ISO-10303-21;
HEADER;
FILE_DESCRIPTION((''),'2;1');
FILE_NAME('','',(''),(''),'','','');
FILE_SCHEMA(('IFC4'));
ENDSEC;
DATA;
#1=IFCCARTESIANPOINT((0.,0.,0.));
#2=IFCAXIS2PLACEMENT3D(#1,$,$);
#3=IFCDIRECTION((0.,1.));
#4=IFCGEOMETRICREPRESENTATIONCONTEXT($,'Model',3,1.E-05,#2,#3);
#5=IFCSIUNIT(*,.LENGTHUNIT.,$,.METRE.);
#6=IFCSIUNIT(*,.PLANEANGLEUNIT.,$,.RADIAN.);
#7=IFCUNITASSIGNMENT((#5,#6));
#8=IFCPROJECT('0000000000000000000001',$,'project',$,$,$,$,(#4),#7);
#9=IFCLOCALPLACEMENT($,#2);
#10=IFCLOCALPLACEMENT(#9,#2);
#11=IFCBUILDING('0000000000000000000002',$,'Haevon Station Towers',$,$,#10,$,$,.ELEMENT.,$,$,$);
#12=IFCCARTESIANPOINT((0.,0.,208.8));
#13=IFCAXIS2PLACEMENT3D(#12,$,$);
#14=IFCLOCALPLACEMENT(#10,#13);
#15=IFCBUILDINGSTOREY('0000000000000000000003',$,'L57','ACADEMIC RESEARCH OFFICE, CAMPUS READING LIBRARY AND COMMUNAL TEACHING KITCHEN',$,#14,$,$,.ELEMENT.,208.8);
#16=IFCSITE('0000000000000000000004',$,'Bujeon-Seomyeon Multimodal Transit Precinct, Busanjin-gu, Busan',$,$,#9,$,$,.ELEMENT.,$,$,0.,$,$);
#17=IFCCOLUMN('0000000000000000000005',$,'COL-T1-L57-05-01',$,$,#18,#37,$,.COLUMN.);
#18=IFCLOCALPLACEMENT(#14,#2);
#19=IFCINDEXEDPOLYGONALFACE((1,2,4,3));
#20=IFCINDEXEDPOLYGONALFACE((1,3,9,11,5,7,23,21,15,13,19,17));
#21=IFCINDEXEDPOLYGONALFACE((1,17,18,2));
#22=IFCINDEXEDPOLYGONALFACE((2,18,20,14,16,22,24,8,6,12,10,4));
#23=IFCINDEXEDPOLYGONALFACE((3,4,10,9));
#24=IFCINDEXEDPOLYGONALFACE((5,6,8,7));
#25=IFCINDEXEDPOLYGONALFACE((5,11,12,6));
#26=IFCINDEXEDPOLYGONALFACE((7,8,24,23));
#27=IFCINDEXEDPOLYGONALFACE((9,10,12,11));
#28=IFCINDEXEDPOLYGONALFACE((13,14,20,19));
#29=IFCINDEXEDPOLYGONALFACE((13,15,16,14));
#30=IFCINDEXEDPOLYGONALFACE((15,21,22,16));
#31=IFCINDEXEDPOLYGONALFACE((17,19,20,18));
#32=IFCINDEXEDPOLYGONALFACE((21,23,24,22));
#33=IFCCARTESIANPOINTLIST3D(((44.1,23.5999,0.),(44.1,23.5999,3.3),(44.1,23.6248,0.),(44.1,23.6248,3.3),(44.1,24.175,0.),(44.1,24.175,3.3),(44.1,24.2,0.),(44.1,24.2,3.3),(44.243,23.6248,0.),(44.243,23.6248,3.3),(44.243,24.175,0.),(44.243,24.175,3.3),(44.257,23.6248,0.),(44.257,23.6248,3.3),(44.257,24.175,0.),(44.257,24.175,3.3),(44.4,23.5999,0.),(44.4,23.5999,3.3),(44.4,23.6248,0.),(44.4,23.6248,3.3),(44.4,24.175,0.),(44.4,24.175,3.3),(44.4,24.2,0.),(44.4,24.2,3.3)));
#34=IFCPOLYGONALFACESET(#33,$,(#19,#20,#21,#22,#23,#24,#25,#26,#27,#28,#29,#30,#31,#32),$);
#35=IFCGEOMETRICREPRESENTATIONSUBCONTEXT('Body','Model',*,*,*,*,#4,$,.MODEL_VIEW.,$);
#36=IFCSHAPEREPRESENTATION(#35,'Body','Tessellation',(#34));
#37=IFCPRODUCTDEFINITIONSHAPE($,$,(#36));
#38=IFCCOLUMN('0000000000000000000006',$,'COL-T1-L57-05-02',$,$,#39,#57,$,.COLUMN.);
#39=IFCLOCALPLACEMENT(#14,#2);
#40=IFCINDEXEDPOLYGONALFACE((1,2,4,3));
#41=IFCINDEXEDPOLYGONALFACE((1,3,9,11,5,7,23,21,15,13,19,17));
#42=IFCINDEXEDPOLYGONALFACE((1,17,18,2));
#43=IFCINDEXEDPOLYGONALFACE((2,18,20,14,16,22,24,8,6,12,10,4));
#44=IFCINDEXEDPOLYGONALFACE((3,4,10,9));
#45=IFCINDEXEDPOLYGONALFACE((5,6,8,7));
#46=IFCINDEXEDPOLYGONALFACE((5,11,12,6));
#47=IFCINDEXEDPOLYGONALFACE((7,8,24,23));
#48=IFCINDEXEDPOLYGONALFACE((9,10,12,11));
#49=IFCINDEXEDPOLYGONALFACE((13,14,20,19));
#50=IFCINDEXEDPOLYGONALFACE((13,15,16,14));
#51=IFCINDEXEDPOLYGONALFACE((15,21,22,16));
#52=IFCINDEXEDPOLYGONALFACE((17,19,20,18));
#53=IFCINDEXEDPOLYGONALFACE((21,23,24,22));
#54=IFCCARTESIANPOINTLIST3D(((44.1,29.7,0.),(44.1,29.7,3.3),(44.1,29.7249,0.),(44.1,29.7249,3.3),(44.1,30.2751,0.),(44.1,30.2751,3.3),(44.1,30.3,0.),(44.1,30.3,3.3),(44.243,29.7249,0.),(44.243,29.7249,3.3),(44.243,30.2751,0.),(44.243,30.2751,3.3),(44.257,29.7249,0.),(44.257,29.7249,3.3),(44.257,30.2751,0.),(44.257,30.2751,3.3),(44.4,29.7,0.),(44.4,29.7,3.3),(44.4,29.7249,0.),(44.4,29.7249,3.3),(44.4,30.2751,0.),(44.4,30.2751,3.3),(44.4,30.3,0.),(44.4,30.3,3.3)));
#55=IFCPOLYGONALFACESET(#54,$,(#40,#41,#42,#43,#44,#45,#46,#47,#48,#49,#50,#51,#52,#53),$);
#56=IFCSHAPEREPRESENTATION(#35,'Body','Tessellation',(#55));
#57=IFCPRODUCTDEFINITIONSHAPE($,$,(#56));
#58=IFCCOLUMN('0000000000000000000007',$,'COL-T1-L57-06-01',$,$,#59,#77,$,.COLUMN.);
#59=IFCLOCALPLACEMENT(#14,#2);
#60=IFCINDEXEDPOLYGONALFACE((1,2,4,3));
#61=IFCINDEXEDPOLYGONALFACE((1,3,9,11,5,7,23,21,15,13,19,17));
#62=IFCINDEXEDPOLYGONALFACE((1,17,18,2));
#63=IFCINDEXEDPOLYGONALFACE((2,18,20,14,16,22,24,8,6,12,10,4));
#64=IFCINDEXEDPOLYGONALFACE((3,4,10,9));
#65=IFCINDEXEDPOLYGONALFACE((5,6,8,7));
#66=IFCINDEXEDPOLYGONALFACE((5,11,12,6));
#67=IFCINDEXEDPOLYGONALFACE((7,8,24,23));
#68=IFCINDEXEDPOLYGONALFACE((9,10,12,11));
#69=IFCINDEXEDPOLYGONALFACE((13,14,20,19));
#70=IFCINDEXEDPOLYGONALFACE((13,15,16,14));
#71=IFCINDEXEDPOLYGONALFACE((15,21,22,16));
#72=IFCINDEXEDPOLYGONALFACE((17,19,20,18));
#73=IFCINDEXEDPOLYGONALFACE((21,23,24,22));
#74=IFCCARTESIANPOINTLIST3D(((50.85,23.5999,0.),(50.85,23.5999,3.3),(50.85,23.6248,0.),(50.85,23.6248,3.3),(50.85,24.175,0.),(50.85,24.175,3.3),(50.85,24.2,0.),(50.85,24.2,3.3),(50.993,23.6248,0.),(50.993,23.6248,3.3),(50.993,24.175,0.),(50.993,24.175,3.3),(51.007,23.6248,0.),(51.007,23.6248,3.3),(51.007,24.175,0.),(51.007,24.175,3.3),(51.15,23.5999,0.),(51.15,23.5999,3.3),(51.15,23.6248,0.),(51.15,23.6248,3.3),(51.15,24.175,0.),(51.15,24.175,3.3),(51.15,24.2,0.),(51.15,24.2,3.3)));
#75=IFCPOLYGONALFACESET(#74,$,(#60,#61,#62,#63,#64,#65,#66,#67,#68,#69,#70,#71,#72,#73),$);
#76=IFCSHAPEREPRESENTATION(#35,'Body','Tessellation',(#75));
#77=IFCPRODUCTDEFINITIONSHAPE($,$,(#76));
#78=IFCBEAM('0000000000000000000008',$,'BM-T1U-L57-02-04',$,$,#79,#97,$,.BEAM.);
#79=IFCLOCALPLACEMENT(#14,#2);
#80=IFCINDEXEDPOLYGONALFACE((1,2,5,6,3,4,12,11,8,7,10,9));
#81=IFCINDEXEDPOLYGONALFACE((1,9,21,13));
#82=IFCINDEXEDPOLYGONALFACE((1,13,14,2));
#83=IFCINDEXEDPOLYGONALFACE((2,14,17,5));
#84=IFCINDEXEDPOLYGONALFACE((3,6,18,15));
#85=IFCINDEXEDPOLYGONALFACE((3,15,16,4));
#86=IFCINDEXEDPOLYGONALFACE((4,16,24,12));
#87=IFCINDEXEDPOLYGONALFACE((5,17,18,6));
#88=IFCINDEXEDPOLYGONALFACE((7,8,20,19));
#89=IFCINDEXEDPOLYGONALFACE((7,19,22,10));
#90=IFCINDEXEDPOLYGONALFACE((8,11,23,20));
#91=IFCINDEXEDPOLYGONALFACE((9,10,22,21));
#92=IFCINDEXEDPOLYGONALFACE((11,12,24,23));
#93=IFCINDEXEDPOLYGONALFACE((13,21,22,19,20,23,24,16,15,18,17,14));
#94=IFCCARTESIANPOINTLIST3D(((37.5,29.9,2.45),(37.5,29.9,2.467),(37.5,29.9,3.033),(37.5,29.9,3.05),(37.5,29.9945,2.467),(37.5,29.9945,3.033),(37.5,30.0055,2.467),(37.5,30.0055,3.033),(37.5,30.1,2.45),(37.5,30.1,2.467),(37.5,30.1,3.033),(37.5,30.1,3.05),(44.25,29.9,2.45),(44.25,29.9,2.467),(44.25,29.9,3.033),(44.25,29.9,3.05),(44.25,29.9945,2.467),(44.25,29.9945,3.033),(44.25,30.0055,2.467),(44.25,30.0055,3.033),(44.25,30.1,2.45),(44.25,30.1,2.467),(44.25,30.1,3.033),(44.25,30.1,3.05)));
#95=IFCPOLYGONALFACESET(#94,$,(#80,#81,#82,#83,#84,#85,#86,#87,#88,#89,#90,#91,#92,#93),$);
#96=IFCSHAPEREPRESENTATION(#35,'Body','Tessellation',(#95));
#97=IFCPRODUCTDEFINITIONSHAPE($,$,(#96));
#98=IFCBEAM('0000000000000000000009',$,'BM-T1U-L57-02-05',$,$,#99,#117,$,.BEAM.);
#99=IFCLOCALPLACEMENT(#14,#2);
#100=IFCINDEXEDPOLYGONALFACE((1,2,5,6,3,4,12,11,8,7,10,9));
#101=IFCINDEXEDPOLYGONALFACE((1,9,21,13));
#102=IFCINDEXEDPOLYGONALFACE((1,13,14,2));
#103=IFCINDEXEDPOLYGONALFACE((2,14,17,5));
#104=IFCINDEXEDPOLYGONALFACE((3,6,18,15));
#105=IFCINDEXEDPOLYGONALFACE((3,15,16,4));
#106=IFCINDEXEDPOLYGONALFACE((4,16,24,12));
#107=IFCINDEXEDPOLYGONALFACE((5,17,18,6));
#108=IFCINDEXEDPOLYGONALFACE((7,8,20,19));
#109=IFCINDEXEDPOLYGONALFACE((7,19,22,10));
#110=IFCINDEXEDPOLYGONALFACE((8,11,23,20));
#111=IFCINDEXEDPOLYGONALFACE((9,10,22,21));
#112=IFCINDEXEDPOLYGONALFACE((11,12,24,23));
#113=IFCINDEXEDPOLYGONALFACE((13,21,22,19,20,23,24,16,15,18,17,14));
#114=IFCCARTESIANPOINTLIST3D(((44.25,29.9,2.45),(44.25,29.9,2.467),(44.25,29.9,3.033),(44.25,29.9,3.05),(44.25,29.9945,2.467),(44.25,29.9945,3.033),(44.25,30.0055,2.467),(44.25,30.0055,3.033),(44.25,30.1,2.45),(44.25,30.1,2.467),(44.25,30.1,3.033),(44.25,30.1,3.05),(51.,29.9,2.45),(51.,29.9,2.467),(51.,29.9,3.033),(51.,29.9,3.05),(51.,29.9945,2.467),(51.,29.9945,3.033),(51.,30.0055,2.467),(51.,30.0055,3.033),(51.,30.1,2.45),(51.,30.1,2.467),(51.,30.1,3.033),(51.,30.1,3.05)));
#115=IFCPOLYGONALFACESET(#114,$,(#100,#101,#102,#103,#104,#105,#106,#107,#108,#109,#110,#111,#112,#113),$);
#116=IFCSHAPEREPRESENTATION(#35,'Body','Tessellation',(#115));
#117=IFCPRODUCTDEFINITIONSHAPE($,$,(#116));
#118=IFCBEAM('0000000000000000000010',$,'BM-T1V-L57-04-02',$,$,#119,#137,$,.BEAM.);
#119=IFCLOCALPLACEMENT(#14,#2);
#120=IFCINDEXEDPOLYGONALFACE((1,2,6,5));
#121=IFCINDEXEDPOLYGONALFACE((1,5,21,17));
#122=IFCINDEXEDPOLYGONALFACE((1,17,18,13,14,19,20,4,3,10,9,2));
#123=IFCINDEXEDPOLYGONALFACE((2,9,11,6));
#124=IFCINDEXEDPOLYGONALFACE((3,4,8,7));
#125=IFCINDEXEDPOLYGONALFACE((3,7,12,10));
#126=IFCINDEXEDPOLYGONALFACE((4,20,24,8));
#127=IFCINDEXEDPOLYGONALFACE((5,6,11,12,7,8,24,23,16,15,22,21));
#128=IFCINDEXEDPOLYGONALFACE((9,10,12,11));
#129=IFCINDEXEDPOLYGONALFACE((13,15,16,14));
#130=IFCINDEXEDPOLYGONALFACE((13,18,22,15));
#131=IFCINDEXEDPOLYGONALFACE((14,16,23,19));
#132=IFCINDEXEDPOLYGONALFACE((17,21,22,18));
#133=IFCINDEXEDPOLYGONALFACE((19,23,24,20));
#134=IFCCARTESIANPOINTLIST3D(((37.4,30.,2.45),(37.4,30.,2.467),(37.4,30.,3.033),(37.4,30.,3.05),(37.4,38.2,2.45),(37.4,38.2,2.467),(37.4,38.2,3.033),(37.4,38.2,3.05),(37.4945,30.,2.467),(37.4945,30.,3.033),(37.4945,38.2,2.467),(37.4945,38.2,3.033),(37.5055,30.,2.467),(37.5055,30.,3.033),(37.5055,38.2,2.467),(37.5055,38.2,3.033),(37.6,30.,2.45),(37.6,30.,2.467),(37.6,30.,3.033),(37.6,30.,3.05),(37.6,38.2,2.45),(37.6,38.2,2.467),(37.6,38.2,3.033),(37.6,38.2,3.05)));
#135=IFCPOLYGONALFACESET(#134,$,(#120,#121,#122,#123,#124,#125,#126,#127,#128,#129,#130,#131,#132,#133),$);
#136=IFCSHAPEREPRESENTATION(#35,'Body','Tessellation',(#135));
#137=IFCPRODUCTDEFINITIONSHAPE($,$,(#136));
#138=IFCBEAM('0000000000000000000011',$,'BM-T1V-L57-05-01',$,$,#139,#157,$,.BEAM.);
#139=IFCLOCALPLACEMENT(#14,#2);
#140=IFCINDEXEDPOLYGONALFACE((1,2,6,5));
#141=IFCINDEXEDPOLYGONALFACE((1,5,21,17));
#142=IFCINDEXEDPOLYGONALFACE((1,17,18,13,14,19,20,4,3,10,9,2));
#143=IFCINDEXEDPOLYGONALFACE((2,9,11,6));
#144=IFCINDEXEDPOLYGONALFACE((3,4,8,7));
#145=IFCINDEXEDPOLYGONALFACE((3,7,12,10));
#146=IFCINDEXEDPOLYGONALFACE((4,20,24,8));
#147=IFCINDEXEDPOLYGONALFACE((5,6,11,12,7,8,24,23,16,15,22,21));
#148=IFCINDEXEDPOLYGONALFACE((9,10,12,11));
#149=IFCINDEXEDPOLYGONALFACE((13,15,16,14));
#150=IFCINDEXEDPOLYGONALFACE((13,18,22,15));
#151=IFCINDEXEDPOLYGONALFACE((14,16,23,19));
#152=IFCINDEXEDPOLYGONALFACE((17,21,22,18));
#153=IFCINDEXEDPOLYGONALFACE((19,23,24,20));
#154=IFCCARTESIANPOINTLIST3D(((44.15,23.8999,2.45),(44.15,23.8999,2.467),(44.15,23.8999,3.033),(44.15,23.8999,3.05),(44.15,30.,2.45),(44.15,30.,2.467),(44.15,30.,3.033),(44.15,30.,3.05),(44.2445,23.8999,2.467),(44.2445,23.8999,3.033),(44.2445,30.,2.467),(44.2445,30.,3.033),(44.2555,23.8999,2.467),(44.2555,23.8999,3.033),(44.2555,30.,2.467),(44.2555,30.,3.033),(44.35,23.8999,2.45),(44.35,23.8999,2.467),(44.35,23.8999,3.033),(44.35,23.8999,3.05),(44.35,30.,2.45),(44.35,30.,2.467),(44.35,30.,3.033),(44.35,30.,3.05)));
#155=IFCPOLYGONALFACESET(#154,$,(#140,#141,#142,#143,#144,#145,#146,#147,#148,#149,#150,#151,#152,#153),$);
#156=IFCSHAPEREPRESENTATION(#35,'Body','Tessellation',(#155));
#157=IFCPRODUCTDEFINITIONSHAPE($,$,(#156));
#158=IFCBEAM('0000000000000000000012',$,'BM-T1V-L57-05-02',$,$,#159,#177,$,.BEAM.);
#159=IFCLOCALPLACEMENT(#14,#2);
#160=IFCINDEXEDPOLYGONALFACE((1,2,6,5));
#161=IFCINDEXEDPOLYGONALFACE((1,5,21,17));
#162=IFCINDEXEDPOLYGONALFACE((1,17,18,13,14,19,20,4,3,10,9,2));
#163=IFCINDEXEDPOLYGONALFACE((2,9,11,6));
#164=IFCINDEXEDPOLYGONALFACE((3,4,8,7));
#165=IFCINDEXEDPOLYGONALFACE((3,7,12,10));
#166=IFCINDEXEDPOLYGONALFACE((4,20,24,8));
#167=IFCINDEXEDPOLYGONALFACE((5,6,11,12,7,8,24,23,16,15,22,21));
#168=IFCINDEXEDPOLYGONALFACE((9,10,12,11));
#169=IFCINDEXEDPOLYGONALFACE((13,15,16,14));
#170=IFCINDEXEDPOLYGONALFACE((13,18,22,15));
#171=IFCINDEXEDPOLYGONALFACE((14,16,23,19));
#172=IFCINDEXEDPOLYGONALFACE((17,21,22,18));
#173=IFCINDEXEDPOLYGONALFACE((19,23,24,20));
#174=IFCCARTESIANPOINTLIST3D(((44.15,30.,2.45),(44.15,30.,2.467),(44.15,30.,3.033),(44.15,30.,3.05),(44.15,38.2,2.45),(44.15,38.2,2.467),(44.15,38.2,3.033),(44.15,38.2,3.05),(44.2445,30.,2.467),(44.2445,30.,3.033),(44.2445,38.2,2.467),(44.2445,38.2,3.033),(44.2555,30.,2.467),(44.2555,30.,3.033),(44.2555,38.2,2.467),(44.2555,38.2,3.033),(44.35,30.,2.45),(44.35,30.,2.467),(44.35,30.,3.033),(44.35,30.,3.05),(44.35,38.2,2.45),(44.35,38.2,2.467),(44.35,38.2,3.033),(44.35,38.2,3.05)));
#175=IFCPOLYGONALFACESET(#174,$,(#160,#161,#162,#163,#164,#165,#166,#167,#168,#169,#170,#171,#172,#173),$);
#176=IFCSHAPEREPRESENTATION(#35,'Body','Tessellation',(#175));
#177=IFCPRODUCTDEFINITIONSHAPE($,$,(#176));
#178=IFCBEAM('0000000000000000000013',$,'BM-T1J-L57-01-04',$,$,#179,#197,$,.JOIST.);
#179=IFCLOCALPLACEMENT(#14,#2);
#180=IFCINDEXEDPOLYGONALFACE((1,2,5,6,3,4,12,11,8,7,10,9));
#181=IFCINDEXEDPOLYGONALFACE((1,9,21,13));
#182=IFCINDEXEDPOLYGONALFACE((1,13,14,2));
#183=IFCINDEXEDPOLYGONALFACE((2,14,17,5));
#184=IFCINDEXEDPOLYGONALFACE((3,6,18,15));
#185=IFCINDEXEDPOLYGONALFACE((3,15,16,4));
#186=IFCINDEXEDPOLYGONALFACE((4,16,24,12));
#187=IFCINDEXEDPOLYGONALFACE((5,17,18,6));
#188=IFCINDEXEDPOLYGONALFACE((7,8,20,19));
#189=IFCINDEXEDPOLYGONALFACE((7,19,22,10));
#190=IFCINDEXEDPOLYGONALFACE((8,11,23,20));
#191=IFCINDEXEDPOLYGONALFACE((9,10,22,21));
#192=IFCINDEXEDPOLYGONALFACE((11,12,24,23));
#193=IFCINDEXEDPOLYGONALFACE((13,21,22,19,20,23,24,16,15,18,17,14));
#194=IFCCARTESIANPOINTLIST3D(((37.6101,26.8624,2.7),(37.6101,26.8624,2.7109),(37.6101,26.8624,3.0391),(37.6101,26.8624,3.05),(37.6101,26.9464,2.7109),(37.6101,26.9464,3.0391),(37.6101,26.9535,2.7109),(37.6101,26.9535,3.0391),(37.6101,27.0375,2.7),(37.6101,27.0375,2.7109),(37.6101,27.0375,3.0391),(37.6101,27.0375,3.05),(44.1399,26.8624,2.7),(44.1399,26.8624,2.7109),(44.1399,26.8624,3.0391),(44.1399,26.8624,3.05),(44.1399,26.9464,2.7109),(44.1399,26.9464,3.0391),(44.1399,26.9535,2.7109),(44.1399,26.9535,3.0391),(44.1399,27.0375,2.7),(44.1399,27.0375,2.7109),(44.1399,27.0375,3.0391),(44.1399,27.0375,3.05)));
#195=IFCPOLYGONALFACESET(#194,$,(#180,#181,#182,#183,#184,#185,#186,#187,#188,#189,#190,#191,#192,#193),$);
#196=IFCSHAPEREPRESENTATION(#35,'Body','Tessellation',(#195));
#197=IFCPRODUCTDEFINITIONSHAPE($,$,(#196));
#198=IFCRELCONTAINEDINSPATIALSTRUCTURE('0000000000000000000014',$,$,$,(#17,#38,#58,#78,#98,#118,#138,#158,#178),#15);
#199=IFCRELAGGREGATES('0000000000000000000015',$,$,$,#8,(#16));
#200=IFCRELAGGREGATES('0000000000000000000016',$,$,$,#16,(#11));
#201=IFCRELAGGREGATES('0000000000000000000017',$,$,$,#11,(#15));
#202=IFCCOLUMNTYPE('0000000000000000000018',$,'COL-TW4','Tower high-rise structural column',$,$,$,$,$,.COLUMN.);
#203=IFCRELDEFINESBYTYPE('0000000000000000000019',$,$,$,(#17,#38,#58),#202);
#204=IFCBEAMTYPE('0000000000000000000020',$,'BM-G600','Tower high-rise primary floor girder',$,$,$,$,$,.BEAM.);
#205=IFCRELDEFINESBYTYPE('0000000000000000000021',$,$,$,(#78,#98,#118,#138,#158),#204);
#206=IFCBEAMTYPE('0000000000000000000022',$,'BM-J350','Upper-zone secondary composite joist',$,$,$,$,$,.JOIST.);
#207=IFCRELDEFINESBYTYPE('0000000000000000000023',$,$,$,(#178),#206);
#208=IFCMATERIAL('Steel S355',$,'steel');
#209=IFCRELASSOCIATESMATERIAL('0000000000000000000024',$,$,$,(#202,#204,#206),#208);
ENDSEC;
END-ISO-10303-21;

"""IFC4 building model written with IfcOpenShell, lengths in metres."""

from ifc_helpers import new_model, si_unit, direction, frame, origin, origin_2d, place, context, subcontext, project, spatial, i_section, extrude, material, material_profile, profile_set, type_object, element, save


model = new_model("IFC4")

# Units and contexts
model_context = context("Model", 3, precision=1e-05, world=origin(), true_north=direction((0.0, 1.0)))
body_context = subcontext(model_context, "Body", "Model", "MODEL_VIEW")
ifc_project = project(units=[si_unit("LENGTHUNIT", "METRE"), si_unit("PLANEANGLEUNIT", "RADIAN")], contexts=[model_context])

# Site, building, storey
site_placement = place(None, origin())
site = spatial("IfcSite", under=ifc_project, at=site_placement, Name="Bujeon-Seomyeon Multimodal Transit Precinct, Busanjin-gu, Busan", CompositionType="ELEMENT", RefElevation=0.0)
building_placement = place(site_placement, origin())
building = spatial("IfcBuilding", under=site, at=building_placement, Name="Haevon Station Towers", CompositionType="ELEMENT")
storey_placement = place(building_placement, frame((0.0, 0.0, 208.8)))
storey = spatial("IfcBuildingStorey", under=building, at=storey_placement, Name="L57", Description="ACADEMIC RESEARCH OFFICE, CAMPUS READING LIBRARY AND COMMUNAL TEACHING KITCHEN", CompositionType="ELEMENT", Elevation=208.8)

# Columns
ifc_material_1 = material(Name="Steel S355", Category="steel")
ifc_material_profile_1 = material_profile(ifc_material_1, i_section(OverallWidth=0.3, OverallDepth=0.6001, WebThickness=0.0139, FlangeThickness=0.0249, at=origin_2d()), Name="H-600x300x14x25")
ifc_profile_set_1 = profile_set([ifc_material_profile_1], Name="Steel S355")
column_type = type_object("IfcColumnType", Name="COL-TW4", Description="Tower high-rise structural column", PredefinedType="COLUMN", material=ifc_profile_set_1)
for number, where, z_axis, x_axis, name in (
    (1, (44.25, 23.8999, 0.0), (0.0, 0.0, 1.0), (1.0, 0.0, 0.0), "COL-T1-L57-05-01"),
    (2, (44.25, 30.0, 0.0), (0.0, 0.0, 1.0), (1.0, 0.0, 0.0), "COL-T1-L57-05-02"),
    (3, (51.0, 23.8999, 0.0), (0.0, 0.0, 1.0), (1.0, 0.0, 0.0), "COL-T1-L57-06-01"),
):
    element("IfcColumn", number, at=place(storey_placement, frame(where, z_axis=z_axis, x_axis=x_axis)), inside=storey, type_object=column_type, Name=name, PredefinedType="COLUMN", context=body_context, shape_type="SweptSolid", body=[
        extrude(i_section(OverallWidth=0.3, OverallDepth=0.6001, WebThickness=0.0139, FlangeThickness=0.0249, at=origin_2d()), origin(), (0.0, 0.0, 1.0), 3.3),
    ])

# Beams
ifc_material_profile_2 = material_profile(ifc_material_1, i_section(OverallWidth=0.2, OverallDepth=0.6001, WebThickness=0.011, FlangeThickness=0.0171, at=origin_2d()), Name="H-600x200x11x17")
ifc_profile_set_2 = profile_set([ifc_material_profile_2], Name="Steel S355")
beam_type_1 = type_object("IfcBeamType", Name="BM-G600", Description="Tower high-rise primary floor girder", PredefinedType="BEAM", material=ifc_profile_set_2)
for number, where, z_axis, x_axis, name in (
    (4, (37.5, 30.0, 2.75), (1.0, 0.0, 0.0), (0.0, 1.0, 0.0), "BM-T1U-L57-02-04"),
    (5, (44.25, 30.0, 2.75), (1.0, 0.0, 0.0), (0.0, 1.0, 0.0), "BM-T1U-L57-02-05"),
):
    element("IfcBeam", number, at=place(storey_placement, frame(where, z_axis=z_axis, x_axis=x_axis)), inside=storey, type_object=beam_type_1, Name=name, PredefinedType="BEAM", context=body_context, shape_type="SweptSolid", body=[
        extrude(i_section(OverallWidth=0.2, OverallDepth=0.6001, WebThickness=0.011, FlangeThickness=0.0171, at=origin_2d()), origin(), (0.0, 0.0, 1.0), 6.75),
    ])
beam_1_placement = place(storey_placement, frame((37.5, 30.0, 2.75), z_axis=(0.0, 1.0, 0.0), x_axis=(-1.0, 0.0, 0.0)))
element("IfcBeam", 6, at=beam_1_placement, inside=storey, type_object=beam_type_1, Name="BM-T1V-L57-04-02", PredefinedType="BEAM", context=body_context, shape_type="SweptSolid", body=[
    extrude(i_section(OverallWidth=0.2, OverallDepth=0.6001, WebThickness=0.011, FlangeThickness=0.0171, at=origin_2d()), origin(), (0.0, 0.0, 1.0), 8.2),
])
beam_2_placement = place(storey_placement, frame((44.25, 23.8999, 2.75), z_axis=(0.0, 1.0, 0.0), x_axis=(-1.0, 0.0, 0.0)))
element("IfcBeam", 7, at=beam_2_placement, inside=storey, type_object=beam_type_1, Name="BM-T1V-L57-05-01", PredefinedType="BEAM", context=body_context, shape_type="SweptSolid", body=[
    extrude(i_section(OverallWidth=0.2, OverallDepth=0.6001, WebThickness=0.011, FlangeThickness=0.0171, at=origin_2d()), origin(), (0.0, 0.0, 1.0), 6.1001),
])
beam_3_placement = place(storey_placement, frame((44.25, 30.0, 2.75), z_axis=(0.0, 1.0, 0.0), x_axis=(-1.0, 0.0, 0.0)))
element("IfcBeam", 8, at=beam_3_placement, inside=storey, type_object=beam_type_1, Name="BM-T1V-L57-05-02", PredefinedType="BEAM", context=body_context, shape_type="SweptSolid", body=[
    extrude(i_section(OverallWidth=0.2, OverallDepth=0.6001, WebThickness=0.011, FlangeThickness=0.0171, at=origin_2d()), origin(), (0.0, 0.0, 1.0), 8.2),
])
ifc_material_profile_3 = material_profile(ifc_material_1, i_section(OverallWidth=0.175, OverallDepth=0.3501, WebThickness=0.0071, FlangeThickness=0.011, at=origin_2d()), Name="H-350x175x7x11")
ifc_profile_set_3 = profile_set([ifc_material_profile_3], Name="Steel S355")
beam_type_2 = type_object("IfcBeamType", Name="BM-J350", Description="Upper-zone secondary composite joist", PredefinedType="JOIST", material=ifc_profile_set_3)
for number, where, z_axis, x_axis, name in (
    (9, (37.6101, 26.95, 2.875), (1.0, 0.0, 0.0), (0.0, 1.0, 0.0), "BM-T1J-L57-01-04"),
):
    element("IfcBeam", number, at=place(storey_placement, frame(where, z_axis=z_axis, x_axis=x_axis)), inside=storey, type_object=beam_type_2, Name=name, PredefinedType="JOIST", context=body_context, shape_type="SweptSolid", body=[
        extrude(i_section(OverallWidth=0.175, OverallDepth=0.3501, WebThickness=0.0071, FlangeThickness=0.011, at=origin_2d()), origin(), (0.0, 0.0, 1.0), 6.5298),
    ])

save(model, "model.ifc")
